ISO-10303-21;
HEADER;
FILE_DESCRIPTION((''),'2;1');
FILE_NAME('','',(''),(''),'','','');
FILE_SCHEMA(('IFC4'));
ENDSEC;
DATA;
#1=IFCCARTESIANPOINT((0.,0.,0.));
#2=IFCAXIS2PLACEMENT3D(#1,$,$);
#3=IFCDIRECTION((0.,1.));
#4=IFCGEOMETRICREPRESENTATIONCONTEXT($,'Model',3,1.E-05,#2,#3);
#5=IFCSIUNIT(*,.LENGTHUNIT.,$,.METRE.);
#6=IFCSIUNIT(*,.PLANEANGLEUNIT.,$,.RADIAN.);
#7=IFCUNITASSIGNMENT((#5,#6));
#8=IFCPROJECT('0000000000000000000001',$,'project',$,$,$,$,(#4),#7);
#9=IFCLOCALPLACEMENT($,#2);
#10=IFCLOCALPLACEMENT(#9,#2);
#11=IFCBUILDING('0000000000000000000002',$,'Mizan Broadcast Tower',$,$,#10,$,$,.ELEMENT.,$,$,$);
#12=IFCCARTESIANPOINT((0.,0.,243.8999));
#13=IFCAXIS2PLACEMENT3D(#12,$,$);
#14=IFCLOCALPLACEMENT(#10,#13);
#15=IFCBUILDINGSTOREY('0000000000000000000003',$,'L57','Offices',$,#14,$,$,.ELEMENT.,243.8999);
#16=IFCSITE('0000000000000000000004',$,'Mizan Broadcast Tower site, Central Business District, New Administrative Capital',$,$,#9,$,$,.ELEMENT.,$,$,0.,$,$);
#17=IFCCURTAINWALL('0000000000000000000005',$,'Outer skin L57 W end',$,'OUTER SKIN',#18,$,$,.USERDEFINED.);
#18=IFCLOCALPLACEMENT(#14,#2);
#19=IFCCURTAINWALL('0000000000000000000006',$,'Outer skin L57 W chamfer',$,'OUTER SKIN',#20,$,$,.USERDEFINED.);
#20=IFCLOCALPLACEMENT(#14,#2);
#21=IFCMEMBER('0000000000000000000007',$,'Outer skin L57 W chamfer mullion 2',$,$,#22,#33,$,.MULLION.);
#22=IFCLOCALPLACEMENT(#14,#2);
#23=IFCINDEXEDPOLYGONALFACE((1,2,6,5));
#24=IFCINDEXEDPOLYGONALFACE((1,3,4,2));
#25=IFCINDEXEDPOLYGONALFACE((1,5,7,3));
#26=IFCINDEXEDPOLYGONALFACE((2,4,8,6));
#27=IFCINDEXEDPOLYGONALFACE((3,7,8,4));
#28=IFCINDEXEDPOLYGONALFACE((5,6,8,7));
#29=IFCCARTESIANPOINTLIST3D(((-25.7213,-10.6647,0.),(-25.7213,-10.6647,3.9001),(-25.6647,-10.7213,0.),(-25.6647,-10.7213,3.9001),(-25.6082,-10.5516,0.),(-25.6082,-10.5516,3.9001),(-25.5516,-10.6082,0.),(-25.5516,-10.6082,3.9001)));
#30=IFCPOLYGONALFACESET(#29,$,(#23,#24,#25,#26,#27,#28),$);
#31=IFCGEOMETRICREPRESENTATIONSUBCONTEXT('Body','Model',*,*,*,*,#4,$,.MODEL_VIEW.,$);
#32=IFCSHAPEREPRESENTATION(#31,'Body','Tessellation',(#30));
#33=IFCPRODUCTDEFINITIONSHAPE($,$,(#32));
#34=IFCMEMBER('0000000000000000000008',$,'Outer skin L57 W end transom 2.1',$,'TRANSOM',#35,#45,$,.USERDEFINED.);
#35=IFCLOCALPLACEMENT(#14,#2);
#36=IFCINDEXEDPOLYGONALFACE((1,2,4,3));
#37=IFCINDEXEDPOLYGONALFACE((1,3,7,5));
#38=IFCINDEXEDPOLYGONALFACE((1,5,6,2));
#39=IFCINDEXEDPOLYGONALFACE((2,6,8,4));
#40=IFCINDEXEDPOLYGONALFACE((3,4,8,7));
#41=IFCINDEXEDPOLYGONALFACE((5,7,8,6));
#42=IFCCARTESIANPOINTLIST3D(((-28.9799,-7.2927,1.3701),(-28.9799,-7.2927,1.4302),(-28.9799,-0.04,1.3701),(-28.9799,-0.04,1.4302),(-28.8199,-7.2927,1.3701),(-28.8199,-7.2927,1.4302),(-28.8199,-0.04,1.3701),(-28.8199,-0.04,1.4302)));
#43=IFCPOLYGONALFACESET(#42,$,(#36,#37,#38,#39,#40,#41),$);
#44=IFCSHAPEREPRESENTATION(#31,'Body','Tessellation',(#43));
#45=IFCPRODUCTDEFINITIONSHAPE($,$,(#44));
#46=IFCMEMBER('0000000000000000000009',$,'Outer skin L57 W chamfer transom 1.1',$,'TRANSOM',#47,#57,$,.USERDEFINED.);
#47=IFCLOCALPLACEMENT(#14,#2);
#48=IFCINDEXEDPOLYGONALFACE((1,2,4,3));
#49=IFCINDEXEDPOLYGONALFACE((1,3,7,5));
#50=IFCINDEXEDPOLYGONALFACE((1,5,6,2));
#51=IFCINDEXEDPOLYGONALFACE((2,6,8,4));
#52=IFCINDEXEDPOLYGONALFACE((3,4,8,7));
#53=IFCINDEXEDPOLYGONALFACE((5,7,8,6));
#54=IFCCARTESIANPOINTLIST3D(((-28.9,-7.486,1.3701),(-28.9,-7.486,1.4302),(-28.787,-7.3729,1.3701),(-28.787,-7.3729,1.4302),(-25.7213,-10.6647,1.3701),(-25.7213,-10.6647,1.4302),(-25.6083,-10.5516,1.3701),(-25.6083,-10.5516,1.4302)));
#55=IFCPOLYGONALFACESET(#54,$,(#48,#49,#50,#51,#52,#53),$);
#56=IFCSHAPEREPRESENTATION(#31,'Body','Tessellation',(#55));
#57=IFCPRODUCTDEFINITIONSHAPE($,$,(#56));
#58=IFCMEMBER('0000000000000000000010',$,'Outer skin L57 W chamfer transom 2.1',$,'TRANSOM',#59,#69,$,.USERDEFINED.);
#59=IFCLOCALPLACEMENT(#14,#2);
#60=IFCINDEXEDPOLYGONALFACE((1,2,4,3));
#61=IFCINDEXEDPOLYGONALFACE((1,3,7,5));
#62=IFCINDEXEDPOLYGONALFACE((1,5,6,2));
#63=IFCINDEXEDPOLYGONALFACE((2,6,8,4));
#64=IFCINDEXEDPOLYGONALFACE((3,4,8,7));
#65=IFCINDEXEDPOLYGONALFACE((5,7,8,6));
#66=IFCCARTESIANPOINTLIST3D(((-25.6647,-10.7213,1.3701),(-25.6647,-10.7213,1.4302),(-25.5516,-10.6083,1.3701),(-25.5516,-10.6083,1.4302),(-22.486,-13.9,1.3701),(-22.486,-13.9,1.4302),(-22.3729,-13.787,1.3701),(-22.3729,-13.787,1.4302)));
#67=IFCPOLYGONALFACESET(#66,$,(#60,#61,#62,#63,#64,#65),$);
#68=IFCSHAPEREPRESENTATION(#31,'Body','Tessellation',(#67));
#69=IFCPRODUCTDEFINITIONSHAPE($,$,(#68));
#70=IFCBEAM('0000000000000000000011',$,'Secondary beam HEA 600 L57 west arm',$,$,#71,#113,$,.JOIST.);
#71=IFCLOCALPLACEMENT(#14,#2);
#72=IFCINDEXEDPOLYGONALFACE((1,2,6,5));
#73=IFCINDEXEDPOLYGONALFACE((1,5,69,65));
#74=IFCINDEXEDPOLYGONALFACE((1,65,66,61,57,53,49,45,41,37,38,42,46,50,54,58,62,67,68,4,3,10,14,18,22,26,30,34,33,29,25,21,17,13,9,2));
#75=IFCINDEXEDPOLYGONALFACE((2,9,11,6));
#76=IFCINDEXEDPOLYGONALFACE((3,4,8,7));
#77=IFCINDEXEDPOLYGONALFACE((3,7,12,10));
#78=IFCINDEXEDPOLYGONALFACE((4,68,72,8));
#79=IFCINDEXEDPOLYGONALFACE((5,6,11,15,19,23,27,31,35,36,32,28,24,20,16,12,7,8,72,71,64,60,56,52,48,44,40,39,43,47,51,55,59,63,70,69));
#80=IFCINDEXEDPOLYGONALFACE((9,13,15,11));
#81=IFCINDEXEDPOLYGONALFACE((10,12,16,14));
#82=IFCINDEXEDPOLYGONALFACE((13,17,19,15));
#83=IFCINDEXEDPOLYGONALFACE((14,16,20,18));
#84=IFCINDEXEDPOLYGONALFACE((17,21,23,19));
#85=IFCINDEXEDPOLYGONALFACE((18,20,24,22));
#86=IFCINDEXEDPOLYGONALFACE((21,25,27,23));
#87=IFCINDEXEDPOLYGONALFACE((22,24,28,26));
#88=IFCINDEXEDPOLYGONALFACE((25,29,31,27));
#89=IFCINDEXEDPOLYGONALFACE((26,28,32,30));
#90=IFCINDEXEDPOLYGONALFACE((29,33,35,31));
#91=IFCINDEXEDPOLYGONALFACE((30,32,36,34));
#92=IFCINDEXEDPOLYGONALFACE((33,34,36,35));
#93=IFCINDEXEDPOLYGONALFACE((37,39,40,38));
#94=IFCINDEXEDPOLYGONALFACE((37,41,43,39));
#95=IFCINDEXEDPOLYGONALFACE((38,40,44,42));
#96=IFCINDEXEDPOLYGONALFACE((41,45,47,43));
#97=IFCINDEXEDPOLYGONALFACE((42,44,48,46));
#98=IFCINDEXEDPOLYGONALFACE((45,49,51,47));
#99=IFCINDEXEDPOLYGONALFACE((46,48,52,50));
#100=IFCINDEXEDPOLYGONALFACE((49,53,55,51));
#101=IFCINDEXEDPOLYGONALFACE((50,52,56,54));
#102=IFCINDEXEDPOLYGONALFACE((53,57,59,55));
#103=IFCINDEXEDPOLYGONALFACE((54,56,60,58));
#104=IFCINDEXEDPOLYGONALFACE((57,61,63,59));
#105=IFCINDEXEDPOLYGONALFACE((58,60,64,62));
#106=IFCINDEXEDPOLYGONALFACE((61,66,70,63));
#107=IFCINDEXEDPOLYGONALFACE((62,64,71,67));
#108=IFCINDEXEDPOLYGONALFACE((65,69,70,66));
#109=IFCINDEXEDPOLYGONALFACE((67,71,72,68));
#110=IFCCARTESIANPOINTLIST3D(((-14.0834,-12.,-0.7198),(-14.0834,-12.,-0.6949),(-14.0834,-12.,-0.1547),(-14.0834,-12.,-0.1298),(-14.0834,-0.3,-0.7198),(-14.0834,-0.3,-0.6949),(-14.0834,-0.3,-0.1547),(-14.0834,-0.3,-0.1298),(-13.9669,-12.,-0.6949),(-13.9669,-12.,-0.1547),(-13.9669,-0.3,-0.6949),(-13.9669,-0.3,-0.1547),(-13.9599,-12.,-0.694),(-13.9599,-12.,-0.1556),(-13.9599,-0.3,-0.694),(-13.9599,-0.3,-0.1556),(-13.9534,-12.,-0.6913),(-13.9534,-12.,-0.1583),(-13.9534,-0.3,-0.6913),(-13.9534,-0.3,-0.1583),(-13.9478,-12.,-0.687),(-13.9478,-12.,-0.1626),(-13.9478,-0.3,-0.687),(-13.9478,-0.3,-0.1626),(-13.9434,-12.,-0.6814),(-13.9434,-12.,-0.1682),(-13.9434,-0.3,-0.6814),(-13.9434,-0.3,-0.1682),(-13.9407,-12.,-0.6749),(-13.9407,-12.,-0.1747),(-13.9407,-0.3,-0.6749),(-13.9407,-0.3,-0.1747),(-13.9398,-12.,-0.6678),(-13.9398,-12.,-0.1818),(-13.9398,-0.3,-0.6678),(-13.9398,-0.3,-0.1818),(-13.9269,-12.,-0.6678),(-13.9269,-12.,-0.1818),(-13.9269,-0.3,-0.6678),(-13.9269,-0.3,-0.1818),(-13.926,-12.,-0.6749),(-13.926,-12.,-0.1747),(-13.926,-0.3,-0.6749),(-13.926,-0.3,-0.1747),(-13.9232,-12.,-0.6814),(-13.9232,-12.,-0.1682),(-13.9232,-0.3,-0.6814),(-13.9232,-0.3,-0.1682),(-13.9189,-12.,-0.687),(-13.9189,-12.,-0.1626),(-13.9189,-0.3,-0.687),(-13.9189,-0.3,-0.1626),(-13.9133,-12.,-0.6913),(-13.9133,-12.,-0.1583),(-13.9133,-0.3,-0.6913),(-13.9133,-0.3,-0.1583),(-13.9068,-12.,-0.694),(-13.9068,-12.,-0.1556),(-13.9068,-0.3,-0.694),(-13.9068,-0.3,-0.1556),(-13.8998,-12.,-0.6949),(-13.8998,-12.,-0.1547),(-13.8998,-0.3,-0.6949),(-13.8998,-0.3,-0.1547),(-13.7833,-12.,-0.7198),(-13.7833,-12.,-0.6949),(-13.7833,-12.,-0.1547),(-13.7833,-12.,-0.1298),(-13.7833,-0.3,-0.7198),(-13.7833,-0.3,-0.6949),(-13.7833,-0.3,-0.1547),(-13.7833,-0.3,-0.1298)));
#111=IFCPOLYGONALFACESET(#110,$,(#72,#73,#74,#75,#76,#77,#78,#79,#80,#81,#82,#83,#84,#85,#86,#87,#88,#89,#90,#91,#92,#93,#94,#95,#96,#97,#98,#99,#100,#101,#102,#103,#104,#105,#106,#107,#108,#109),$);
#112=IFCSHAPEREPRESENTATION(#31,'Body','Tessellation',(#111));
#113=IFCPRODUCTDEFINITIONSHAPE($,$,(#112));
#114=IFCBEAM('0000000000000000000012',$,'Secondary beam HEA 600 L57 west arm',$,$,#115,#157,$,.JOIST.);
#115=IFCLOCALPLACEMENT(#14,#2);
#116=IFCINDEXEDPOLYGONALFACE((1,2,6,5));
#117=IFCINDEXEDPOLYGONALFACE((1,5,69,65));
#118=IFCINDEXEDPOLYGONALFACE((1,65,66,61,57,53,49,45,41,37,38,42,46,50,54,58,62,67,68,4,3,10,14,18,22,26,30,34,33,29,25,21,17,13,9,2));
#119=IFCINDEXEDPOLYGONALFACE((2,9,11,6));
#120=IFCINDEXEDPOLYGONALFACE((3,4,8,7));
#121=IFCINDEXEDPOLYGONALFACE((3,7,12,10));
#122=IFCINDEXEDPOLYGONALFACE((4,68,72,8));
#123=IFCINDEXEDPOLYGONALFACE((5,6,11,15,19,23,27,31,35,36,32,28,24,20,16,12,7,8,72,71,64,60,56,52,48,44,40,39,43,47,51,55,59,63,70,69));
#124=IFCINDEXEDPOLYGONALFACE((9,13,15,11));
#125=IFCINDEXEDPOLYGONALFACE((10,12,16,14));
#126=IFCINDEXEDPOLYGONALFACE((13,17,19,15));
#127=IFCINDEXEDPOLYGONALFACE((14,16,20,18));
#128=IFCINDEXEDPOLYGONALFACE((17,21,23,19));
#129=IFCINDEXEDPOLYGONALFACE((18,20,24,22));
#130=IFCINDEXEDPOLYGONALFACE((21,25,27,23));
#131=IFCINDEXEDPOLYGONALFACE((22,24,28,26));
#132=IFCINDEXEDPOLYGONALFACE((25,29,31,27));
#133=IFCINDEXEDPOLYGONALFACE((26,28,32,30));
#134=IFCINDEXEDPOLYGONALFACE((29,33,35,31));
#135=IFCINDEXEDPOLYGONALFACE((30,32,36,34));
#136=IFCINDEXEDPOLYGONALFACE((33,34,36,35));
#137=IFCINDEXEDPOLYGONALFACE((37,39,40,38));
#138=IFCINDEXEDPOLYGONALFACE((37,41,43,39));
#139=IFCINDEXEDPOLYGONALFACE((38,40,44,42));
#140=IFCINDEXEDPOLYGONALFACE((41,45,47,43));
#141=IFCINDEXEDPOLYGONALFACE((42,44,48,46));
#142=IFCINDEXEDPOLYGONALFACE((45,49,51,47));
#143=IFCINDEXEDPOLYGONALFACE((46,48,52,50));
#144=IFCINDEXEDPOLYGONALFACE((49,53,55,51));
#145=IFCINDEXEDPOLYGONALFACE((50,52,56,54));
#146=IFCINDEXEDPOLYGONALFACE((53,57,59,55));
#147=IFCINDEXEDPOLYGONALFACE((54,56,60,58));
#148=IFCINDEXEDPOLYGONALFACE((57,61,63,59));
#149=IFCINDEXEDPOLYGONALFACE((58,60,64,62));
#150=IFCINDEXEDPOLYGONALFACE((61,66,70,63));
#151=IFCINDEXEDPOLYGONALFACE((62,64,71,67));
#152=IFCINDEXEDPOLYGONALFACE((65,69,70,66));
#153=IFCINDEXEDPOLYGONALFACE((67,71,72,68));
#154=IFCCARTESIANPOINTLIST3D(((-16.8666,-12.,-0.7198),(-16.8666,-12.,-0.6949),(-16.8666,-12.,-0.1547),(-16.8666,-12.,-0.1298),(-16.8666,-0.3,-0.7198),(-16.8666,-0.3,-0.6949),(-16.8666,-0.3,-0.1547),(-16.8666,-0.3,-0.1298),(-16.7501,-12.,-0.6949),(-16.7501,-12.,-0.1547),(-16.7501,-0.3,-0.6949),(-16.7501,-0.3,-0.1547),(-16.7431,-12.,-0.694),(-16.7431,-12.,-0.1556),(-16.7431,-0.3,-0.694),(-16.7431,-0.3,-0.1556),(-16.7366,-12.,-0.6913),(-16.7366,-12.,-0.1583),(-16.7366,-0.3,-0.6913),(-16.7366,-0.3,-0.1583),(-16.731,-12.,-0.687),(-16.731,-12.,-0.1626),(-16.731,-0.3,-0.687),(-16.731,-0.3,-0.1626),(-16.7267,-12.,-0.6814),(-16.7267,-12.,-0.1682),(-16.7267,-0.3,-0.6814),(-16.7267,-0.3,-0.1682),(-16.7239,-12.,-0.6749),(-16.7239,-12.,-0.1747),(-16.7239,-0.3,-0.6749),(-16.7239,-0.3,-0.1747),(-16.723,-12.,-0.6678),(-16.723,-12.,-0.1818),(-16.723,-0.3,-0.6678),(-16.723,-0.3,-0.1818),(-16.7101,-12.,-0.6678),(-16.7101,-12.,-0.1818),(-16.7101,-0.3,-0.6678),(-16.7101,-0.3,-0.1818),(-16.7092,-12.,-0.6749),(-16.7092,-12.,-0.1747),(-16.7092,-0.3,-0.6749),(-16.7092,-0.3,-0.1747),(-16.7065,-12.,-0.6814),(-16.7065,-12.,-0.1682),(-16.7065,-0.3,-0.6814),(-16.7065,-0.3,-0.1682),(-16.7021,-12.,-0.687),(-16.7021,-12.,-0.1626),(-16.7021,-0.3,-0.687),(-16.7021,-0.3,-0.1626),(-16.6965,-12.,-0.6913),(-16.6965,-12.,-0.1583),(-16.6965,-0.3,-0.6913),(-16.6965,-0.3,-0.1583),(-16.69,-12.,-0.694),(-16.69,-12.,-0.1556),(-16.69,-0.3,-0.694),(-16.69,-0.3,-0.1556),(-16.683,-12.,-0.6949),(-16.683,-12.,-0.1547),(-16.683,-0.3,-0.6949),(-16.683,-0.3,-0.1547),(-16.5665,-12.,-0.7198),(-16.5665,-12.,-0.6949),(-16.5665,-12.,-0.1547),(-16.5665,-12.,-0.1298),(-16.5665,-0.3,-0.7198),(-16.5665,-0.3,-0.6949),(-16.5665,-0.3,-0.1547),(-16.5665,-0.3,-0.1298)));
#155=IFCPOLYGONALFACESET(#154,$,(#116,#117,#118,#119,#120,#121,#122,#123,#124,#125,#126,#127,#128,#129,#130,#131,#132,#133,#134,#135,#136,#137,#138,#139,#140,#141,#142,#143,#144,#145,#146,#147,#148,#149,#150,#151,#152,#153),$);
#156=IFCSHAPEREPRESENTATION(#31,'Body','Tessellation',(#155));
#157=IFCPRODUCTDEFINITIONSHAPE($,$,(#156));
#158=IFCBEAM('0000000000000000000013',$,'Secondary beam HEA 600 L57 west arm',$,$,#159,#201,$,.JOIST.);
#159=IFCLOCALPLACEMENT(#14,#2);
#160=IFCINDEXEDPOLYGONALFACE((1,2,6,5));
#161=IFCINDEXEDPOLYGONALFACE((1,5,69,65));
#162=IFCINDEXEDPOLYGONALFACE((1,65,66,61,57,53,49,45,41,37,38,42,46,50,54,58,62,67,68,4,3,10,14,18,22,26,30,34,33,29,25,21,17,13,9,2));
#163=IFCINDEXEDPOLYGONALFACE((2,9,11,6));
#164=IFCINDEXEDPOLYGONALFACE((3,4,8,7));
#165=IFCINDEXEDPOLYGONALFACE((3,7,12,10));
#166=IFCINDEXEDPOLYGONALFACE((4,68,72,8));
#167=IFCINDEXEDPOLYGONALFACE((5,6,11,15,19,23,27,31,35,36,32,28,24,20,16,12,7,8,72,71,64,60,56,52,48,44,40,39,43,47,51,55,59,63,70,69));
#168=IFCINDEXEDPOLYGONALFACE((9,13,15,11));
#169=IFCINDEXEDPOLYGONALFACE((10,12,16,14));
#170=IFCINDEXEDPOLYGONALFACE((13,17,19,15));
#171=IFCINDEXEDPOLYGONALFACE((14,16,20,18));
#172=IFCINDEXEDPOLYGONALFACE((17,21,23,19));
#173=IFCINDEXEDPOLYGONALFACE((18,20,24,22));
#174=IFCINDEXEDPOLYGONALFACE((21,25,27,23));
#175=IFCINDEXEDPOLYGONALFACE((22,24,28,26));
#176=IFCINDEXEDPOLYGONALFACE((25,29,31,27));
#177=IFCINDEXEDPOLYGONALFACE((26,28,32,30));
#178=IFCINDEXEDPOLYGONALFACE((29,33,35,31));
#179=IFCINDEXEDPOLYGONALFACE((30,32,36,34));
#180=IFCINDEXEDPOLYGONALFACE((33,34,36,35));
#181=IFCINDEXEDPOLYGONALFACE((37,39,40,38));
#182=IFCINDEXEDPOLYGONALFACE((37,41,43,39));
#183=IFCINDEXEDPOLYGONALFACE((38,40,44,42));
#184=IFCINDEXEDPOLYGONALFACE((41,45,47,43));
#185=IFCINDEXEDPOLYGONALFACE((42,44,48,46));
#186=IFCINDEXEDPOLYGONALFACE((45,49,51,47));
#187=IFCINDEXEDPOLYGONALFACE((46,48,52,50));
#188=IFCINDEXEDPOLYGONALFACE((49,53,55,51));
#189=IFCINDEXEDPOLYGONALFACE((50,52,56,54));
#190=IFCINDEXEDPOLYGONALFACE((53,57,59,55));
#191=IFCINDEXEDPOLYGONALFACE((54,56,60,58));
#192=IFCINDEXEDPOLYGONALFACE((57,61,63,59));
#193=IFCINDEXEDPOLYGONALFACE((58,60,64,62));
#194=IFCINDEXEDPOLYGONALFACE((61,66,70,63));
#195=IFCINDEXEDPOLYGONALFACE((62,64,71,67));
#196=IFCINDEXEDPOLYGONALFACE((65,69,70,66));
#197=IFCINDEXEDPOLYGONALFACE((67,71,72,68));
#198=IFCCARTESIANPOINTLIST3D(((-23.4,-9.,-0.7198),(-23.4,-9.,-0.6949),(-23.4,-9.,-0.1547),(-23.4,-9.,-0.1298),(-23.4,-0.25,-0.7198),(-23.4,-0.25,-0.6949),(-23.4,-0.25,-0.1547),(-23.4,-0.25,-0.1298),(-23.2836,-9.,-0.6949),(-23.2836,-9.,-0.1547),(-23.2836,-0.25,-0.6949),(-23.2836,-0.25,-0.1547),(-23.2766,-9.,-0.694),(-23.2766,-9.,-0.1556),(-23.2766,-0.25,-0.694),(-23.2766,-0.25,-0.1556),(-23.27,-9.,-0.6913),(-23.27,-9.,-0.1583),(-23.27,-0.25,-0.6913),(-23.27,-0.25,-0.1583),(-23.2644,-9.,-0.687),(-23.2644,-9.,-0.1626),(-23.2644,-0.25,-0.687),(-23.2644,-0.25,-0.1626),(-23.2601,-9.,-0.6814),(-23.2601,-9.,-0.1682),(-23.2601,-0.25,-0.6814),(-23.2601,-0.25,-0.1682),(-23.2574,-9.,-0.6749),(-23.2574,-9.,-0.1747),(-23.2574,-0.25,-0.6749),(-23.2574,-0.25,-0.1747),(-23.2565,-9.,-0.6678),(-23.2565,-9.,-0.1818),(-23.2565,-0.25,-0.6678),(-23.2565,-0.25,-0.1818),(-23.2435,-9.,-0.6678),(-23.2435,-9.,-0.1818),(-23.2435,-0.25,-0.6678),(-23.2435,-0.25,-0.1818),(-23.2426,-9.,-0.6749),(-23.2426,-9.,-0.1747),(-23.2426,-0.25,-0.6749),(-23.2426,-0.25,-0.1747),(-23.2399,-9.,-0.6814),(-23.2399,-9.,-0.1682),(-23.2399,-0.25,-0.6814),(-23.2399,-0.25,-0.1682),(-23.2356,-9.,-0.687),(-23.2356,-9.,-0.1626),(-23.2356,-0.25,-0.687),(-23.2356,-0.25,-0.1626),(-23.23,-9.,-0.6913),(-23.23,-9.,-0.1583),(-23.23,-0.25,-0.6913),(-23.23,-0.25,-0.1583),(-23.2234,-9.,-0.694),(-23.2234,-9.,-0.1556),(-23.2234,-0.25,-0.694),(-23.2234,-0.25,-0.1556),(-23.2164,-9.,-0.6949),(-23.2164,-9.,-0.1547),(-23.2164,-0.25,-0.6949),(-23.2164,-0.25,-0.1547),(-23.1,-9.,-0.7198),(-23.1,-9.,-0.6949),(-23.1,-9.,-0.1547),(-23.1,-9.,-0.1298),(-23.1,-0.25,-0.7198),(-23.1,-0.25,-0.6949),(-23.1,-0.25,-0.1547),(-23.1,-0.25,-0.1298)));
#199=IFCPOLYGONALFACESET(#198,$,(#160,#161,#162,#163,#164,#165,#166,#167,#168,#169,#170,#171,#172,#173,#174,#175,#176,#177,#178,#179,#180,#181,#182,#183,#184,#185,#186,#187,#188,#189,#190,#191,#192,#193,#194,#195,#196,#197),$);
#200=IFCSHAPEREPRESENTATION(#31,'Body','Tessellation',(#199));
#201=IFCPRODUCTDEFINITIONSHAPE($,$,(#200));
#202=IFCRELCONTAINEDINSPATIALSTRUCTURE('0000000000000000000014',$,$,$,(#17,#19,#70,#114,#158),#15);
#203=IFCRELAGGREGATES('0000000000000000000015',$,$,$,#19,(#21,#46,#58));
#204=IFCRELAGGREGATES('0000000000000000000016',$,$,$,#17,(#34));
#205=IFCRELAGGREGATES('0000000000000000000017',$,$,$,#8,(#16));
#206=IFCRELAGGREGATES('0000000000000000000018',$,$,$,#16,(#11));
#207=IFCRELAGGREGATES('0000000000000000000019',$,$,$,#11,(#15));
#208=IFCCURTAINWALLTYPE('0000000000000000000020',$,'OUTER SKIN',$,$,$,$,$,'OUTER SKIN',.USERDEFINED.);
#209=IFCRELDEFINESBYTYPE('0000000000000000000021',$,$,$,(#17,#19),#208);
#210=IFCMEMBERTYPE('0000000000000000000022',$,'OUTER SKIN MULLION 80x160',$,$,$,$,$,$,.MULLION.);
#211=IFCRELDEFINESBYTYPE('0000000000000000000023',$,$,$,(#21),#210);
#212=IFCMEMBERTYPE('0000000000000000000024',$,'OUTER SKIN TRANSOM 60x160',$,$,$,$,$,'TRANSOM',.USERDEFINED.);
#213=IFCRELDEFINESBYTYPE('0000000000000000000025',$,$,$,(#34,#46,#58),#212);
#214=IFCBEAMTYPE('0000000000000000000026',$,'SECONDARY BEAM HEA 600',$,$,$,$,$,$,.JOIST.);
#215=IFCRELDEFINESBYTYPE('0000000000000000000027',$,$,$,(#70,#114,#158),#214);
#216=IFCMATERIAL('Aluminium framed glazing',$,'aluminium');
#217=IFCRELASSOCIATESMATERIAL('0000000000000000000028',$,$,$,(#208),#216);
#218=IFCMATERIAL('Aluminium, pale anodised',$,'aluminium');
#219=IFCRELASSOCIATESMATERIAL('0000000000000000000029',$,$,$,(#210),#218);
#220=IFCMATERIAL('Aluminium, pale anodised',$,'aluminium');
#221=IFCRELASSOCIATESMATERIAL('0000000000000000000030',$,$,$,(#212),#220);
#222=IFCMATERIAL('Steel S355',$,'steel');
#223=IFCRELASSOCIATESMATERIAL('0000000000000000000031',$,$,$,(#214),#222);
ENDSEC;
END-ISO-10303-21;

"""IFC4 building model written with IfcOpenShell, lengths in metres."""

from ifc_helpers import new_model, si_unit, direction, frame, origin, origin_2d, place, context, subcontext, project, spatial, rectangle, i_section, extrude, material, material_profile, profile_set, type_object, element, aggregate, save


model = new_model("IFC4")

# Units and contexts
model_context = context("Model", 3, precision=1e-05, world=origin(), true_north=direction((0.0, 1.0)))
body_context = subcontext(model_context, "Body", "Model", "MODEL_VIEW")
ifc_project = project(units=[si_unit("LENGTHUNIT", "METRE"), si_unit("PLANEANGLEUNIT", "RADIAN")], contexts=[model_context])

# Site, building, storey
site_placement = place(None, origin())
site = spatial("IfcSite", under=ifc_project, at=site_placement, Name="Mizan Broadcast Tower site, Central Business District, New Administrative Capital", CompositionType="ELEMENT", RefElevation=0.0)
building_placement = place(site_placement, origin())
building = spatial("IfcBuilding", under=site, at=building_placement, Name="Mizan Broadcast Tower", CompositionType="ELEMENT")
storey_placement = place(building_placement, frame((0.0, 0.0, 243.8999)))
storey = spatial("IfcBuildingStorey", under=building, at=storey_placement, Name="L57", Description="Offices", CompositionType="ELEMENT", Elevation=243.8999)

# Curtain wall
ifc_material_1 = material(Name="Aluminium framed glazing", Category="aluminium")
curtain_wall_type_1 = type_object("IfcCurtainWallType", Name="OUTER SKIN", ElementType="OUTER SKIN", PredefinedType="USERDEFINED", material=ifc_material_1)
curtain_wall_1_placement = place(storey_placement, origin())
curtain_wall_1 = element("IfcCurtainWall", 1, at=curtain_wall_1_placement, inside=storey, type_object=curtain_wall_type_1, Name="Outer skin L57 W end", ObjectType="OUTER SKIN", PredefinedType="USERDEFINED")
ifc_material_2 = material(Name="Aluminium, pale anodised", Category="aluminium")
ifc_material_profile_1 = material_profile(ifc_material_2, rectangle(XDim=0.1599, YDim=0.0801, at=origin_2d()), Name="MULLION 160x80")
ifc_profile_set_1 = profile_set([ifc_material_profile_1], Name="Aluminium, pale anodised")
member_type_1 = type_object("IfcMemberType", Name="OUTER SKIN MULLION 80x160", PredefinedType="MULLION", material=ifc_profile_set_1)

# Curtain wall, member
curtain_wall_2_placement = place(storey_placement, origin())
curtain_wall_2 = element("IfcCurtainWall", 2, at=curtain_wall_2_placement, inside=storey, type_object=curtain_wall_type_1, Name="Outer skin L57 W chamfer", ObjectType="OUTER SKIN", PredefinedType="USERDEFINED")
member_1_placement = place(storey_placement, frame((-25.6365, -10.6365, 0.0), z_axis=(0.0, 0.0, 1.0), x_axis=(0.707107, 0.707107, 0.0)))
member_1 = element("IfcMember", 3, at=member_1_placement, type_object=member_type_1, Name="Outer skin L57 W chamfer mullion 2", PredefinedType="MULLION", context=body_context, shape_type="SweptSolid", body=[
    extrude(rectangle(XDim=0.1599, YDim=0.0801, at=origin_2d()), origin(), (0.0, 0.0, 1.0), 3.9001),
])

# Members
ifc_material_3 = material(Name="Aluminium, pale anodised", Category="aluminium")
ifc_material_profile_2 = material_profile(ifc_material_3, rectangle(XDim=0.1599, YDim=0.0601, at=origin_2d()), Name="TRANSOM 160x60")
ifc_profile_set_2 = profile_set([ifc_material_profile_2], Name="Aluminium, pale anodised")
member_type_2 = type_object("IfcMemberType", Name="OUTER SKIN TRANSOM 60x160", ElementType="TRANSOM", PredefinedType="USERDEFINED", material=ifc_profile_set_2)
member_2_placement = place(storey_placement, frame((-28.8999, -0.04, 1.4001), z_axis=(0.0, -1.0, 0.0), x_axis=(1.0, 0.0, 0.0)))
member_2 = element("IfcMember", 4, at=member_2_placement, type_object=member_type_2, Name="Outer skin L57 W end transom 2.1", ObjectType="TRANSOM", PredefinedType="USERDEFINED", context=body_context, shape_type="SweptSolid", body=[
    extrude(rectangle(XDim=0.1599, YDim=0.0601, at=origin_2d()), origin(), (0.0, 0.0, 1.0), 7.2527),
])
member_3_placement = place(storey_placement, frame((-28.8435, -7.4294, 1.4001), z_axis=(0.707107, -0.707107, 0.0), x_axis=(0.707107, 0.707107, 0.0)))
member_3 = element("IfcMember", 5, at=member_3_placement, type_object=member_type_2, Name="Outer skin L57 W chamfer transom 1.1", ObjectType="TRANSOM", PredefinedType="USERDEFINED", context=body_context, shape_type="SweptSolid", body=[
    extrude(rectangle(XDim=0.1599, YDim=0.0601, at=origin_2d()), origin(), (0.0, 0.0, 1.0), 4.4954),
])
member_4_placement = place(storey_placement, frame((-25.6082, -10.6648, 1.4001), z_axis=(0.707107, -0.707107, 0.0), x_axis=(0.707107, 0.707107, 0.0)))
member_4 = element("IfcMember", 6, at=member_4_placement, type_object=member_type_2, Name="Outer skin L57 W chamfer transom 2.1", ObjectType="TRANSOM", PredefinedType="USERDEFINED", context=body_context, shape_type="SweptSolid", body=[
    extrude(rectangle(XDim=0.1599, YDim=0.0601, at=origin_2d()), origin(), (0.0, 0.0, 1.0), 4.4954),
])

# Beams
ifc_material_4 = material(Name="Steel S355", Category="steel")
ifc_material_profile_3 = material_profile(ifc_material_4, i_section(OverallWidth=0.3, OverallDepth=0.5901, WebThickness=0.0129, FlangeThickness=0.0249, FilletRadius=0.0271, at=origin_2d()), Name="HEA 600")
ifc_profile_set_3 = profile_set([ifc_material_profile_3], Name="Steel S355")
beam_type_1 = type_object("IfcBeamType", Name="SECONDARY BEAM HEA 600", PredefinedType="JOIST", material=ifc_profile_set_3)
for number, where, z_axis, x_axis, name in (
    (7, (-13.9333, -12.0, -0.4248), (0.0, 1.0, 0.0), (-1.0, 0.0, 0.0), "Secondary beam HEA 600 L57 west arm"),
    (8, (-16.7166, -12.0, -0.4248), (0.0, 1.0, 0.0), (-1.0, 0.0, 0.0), "Secondary beam HEA 600 L57 west arm"),
):
    element("IfcBeam", number, at=place(storey_placement, frame(where, z_axis=z_axis, x_axis=x_axis)), inside=storey, type_object=beam_type_1, Name=name, PredefinedType="JOIST", context=body_context, shape_type="SweptSolid", body=[
        extrude(i_section(OverallWidth=0.3, OverallDepth=0.5901, WebThickness=0.0129, FlangeThickness=0.0249, FilletRadius=0.0271, at=origin_2d()), origin(), (0.0, 0.0, 1.0), 11.7),
    ])
beam_1_placement = place(storey_placement, frame((-23.25, -9.0, -0.4248), z_axis=(0.0, 1.0, 0.0), x_axis=(-1.0, 0.0, 0.0)))
element("IfcBeam", 9, at=beam_1_placement, inside=storey, type_object=beam_type_1, Name="Secondary beam HEA 600 L57 west arm", PredefinedType="JOIST", context=body_context, shape_type="SweptSolid", body=[
    extrude(i_section(OverallWidth=0.3, OverallDepth=0.5901, WebThickness=0.0129, FlangeThickness=0.0249, FilletRadius=0.0271, at=origin_2d()), origin(), (0.0, 0.0, 1.0), 8.75),
])

aggregate(curtain_wall_2, [member_1, member_3, member_4])
aggregate(curtain_wall_1, [member_2])

save(model, "model.ifc")
